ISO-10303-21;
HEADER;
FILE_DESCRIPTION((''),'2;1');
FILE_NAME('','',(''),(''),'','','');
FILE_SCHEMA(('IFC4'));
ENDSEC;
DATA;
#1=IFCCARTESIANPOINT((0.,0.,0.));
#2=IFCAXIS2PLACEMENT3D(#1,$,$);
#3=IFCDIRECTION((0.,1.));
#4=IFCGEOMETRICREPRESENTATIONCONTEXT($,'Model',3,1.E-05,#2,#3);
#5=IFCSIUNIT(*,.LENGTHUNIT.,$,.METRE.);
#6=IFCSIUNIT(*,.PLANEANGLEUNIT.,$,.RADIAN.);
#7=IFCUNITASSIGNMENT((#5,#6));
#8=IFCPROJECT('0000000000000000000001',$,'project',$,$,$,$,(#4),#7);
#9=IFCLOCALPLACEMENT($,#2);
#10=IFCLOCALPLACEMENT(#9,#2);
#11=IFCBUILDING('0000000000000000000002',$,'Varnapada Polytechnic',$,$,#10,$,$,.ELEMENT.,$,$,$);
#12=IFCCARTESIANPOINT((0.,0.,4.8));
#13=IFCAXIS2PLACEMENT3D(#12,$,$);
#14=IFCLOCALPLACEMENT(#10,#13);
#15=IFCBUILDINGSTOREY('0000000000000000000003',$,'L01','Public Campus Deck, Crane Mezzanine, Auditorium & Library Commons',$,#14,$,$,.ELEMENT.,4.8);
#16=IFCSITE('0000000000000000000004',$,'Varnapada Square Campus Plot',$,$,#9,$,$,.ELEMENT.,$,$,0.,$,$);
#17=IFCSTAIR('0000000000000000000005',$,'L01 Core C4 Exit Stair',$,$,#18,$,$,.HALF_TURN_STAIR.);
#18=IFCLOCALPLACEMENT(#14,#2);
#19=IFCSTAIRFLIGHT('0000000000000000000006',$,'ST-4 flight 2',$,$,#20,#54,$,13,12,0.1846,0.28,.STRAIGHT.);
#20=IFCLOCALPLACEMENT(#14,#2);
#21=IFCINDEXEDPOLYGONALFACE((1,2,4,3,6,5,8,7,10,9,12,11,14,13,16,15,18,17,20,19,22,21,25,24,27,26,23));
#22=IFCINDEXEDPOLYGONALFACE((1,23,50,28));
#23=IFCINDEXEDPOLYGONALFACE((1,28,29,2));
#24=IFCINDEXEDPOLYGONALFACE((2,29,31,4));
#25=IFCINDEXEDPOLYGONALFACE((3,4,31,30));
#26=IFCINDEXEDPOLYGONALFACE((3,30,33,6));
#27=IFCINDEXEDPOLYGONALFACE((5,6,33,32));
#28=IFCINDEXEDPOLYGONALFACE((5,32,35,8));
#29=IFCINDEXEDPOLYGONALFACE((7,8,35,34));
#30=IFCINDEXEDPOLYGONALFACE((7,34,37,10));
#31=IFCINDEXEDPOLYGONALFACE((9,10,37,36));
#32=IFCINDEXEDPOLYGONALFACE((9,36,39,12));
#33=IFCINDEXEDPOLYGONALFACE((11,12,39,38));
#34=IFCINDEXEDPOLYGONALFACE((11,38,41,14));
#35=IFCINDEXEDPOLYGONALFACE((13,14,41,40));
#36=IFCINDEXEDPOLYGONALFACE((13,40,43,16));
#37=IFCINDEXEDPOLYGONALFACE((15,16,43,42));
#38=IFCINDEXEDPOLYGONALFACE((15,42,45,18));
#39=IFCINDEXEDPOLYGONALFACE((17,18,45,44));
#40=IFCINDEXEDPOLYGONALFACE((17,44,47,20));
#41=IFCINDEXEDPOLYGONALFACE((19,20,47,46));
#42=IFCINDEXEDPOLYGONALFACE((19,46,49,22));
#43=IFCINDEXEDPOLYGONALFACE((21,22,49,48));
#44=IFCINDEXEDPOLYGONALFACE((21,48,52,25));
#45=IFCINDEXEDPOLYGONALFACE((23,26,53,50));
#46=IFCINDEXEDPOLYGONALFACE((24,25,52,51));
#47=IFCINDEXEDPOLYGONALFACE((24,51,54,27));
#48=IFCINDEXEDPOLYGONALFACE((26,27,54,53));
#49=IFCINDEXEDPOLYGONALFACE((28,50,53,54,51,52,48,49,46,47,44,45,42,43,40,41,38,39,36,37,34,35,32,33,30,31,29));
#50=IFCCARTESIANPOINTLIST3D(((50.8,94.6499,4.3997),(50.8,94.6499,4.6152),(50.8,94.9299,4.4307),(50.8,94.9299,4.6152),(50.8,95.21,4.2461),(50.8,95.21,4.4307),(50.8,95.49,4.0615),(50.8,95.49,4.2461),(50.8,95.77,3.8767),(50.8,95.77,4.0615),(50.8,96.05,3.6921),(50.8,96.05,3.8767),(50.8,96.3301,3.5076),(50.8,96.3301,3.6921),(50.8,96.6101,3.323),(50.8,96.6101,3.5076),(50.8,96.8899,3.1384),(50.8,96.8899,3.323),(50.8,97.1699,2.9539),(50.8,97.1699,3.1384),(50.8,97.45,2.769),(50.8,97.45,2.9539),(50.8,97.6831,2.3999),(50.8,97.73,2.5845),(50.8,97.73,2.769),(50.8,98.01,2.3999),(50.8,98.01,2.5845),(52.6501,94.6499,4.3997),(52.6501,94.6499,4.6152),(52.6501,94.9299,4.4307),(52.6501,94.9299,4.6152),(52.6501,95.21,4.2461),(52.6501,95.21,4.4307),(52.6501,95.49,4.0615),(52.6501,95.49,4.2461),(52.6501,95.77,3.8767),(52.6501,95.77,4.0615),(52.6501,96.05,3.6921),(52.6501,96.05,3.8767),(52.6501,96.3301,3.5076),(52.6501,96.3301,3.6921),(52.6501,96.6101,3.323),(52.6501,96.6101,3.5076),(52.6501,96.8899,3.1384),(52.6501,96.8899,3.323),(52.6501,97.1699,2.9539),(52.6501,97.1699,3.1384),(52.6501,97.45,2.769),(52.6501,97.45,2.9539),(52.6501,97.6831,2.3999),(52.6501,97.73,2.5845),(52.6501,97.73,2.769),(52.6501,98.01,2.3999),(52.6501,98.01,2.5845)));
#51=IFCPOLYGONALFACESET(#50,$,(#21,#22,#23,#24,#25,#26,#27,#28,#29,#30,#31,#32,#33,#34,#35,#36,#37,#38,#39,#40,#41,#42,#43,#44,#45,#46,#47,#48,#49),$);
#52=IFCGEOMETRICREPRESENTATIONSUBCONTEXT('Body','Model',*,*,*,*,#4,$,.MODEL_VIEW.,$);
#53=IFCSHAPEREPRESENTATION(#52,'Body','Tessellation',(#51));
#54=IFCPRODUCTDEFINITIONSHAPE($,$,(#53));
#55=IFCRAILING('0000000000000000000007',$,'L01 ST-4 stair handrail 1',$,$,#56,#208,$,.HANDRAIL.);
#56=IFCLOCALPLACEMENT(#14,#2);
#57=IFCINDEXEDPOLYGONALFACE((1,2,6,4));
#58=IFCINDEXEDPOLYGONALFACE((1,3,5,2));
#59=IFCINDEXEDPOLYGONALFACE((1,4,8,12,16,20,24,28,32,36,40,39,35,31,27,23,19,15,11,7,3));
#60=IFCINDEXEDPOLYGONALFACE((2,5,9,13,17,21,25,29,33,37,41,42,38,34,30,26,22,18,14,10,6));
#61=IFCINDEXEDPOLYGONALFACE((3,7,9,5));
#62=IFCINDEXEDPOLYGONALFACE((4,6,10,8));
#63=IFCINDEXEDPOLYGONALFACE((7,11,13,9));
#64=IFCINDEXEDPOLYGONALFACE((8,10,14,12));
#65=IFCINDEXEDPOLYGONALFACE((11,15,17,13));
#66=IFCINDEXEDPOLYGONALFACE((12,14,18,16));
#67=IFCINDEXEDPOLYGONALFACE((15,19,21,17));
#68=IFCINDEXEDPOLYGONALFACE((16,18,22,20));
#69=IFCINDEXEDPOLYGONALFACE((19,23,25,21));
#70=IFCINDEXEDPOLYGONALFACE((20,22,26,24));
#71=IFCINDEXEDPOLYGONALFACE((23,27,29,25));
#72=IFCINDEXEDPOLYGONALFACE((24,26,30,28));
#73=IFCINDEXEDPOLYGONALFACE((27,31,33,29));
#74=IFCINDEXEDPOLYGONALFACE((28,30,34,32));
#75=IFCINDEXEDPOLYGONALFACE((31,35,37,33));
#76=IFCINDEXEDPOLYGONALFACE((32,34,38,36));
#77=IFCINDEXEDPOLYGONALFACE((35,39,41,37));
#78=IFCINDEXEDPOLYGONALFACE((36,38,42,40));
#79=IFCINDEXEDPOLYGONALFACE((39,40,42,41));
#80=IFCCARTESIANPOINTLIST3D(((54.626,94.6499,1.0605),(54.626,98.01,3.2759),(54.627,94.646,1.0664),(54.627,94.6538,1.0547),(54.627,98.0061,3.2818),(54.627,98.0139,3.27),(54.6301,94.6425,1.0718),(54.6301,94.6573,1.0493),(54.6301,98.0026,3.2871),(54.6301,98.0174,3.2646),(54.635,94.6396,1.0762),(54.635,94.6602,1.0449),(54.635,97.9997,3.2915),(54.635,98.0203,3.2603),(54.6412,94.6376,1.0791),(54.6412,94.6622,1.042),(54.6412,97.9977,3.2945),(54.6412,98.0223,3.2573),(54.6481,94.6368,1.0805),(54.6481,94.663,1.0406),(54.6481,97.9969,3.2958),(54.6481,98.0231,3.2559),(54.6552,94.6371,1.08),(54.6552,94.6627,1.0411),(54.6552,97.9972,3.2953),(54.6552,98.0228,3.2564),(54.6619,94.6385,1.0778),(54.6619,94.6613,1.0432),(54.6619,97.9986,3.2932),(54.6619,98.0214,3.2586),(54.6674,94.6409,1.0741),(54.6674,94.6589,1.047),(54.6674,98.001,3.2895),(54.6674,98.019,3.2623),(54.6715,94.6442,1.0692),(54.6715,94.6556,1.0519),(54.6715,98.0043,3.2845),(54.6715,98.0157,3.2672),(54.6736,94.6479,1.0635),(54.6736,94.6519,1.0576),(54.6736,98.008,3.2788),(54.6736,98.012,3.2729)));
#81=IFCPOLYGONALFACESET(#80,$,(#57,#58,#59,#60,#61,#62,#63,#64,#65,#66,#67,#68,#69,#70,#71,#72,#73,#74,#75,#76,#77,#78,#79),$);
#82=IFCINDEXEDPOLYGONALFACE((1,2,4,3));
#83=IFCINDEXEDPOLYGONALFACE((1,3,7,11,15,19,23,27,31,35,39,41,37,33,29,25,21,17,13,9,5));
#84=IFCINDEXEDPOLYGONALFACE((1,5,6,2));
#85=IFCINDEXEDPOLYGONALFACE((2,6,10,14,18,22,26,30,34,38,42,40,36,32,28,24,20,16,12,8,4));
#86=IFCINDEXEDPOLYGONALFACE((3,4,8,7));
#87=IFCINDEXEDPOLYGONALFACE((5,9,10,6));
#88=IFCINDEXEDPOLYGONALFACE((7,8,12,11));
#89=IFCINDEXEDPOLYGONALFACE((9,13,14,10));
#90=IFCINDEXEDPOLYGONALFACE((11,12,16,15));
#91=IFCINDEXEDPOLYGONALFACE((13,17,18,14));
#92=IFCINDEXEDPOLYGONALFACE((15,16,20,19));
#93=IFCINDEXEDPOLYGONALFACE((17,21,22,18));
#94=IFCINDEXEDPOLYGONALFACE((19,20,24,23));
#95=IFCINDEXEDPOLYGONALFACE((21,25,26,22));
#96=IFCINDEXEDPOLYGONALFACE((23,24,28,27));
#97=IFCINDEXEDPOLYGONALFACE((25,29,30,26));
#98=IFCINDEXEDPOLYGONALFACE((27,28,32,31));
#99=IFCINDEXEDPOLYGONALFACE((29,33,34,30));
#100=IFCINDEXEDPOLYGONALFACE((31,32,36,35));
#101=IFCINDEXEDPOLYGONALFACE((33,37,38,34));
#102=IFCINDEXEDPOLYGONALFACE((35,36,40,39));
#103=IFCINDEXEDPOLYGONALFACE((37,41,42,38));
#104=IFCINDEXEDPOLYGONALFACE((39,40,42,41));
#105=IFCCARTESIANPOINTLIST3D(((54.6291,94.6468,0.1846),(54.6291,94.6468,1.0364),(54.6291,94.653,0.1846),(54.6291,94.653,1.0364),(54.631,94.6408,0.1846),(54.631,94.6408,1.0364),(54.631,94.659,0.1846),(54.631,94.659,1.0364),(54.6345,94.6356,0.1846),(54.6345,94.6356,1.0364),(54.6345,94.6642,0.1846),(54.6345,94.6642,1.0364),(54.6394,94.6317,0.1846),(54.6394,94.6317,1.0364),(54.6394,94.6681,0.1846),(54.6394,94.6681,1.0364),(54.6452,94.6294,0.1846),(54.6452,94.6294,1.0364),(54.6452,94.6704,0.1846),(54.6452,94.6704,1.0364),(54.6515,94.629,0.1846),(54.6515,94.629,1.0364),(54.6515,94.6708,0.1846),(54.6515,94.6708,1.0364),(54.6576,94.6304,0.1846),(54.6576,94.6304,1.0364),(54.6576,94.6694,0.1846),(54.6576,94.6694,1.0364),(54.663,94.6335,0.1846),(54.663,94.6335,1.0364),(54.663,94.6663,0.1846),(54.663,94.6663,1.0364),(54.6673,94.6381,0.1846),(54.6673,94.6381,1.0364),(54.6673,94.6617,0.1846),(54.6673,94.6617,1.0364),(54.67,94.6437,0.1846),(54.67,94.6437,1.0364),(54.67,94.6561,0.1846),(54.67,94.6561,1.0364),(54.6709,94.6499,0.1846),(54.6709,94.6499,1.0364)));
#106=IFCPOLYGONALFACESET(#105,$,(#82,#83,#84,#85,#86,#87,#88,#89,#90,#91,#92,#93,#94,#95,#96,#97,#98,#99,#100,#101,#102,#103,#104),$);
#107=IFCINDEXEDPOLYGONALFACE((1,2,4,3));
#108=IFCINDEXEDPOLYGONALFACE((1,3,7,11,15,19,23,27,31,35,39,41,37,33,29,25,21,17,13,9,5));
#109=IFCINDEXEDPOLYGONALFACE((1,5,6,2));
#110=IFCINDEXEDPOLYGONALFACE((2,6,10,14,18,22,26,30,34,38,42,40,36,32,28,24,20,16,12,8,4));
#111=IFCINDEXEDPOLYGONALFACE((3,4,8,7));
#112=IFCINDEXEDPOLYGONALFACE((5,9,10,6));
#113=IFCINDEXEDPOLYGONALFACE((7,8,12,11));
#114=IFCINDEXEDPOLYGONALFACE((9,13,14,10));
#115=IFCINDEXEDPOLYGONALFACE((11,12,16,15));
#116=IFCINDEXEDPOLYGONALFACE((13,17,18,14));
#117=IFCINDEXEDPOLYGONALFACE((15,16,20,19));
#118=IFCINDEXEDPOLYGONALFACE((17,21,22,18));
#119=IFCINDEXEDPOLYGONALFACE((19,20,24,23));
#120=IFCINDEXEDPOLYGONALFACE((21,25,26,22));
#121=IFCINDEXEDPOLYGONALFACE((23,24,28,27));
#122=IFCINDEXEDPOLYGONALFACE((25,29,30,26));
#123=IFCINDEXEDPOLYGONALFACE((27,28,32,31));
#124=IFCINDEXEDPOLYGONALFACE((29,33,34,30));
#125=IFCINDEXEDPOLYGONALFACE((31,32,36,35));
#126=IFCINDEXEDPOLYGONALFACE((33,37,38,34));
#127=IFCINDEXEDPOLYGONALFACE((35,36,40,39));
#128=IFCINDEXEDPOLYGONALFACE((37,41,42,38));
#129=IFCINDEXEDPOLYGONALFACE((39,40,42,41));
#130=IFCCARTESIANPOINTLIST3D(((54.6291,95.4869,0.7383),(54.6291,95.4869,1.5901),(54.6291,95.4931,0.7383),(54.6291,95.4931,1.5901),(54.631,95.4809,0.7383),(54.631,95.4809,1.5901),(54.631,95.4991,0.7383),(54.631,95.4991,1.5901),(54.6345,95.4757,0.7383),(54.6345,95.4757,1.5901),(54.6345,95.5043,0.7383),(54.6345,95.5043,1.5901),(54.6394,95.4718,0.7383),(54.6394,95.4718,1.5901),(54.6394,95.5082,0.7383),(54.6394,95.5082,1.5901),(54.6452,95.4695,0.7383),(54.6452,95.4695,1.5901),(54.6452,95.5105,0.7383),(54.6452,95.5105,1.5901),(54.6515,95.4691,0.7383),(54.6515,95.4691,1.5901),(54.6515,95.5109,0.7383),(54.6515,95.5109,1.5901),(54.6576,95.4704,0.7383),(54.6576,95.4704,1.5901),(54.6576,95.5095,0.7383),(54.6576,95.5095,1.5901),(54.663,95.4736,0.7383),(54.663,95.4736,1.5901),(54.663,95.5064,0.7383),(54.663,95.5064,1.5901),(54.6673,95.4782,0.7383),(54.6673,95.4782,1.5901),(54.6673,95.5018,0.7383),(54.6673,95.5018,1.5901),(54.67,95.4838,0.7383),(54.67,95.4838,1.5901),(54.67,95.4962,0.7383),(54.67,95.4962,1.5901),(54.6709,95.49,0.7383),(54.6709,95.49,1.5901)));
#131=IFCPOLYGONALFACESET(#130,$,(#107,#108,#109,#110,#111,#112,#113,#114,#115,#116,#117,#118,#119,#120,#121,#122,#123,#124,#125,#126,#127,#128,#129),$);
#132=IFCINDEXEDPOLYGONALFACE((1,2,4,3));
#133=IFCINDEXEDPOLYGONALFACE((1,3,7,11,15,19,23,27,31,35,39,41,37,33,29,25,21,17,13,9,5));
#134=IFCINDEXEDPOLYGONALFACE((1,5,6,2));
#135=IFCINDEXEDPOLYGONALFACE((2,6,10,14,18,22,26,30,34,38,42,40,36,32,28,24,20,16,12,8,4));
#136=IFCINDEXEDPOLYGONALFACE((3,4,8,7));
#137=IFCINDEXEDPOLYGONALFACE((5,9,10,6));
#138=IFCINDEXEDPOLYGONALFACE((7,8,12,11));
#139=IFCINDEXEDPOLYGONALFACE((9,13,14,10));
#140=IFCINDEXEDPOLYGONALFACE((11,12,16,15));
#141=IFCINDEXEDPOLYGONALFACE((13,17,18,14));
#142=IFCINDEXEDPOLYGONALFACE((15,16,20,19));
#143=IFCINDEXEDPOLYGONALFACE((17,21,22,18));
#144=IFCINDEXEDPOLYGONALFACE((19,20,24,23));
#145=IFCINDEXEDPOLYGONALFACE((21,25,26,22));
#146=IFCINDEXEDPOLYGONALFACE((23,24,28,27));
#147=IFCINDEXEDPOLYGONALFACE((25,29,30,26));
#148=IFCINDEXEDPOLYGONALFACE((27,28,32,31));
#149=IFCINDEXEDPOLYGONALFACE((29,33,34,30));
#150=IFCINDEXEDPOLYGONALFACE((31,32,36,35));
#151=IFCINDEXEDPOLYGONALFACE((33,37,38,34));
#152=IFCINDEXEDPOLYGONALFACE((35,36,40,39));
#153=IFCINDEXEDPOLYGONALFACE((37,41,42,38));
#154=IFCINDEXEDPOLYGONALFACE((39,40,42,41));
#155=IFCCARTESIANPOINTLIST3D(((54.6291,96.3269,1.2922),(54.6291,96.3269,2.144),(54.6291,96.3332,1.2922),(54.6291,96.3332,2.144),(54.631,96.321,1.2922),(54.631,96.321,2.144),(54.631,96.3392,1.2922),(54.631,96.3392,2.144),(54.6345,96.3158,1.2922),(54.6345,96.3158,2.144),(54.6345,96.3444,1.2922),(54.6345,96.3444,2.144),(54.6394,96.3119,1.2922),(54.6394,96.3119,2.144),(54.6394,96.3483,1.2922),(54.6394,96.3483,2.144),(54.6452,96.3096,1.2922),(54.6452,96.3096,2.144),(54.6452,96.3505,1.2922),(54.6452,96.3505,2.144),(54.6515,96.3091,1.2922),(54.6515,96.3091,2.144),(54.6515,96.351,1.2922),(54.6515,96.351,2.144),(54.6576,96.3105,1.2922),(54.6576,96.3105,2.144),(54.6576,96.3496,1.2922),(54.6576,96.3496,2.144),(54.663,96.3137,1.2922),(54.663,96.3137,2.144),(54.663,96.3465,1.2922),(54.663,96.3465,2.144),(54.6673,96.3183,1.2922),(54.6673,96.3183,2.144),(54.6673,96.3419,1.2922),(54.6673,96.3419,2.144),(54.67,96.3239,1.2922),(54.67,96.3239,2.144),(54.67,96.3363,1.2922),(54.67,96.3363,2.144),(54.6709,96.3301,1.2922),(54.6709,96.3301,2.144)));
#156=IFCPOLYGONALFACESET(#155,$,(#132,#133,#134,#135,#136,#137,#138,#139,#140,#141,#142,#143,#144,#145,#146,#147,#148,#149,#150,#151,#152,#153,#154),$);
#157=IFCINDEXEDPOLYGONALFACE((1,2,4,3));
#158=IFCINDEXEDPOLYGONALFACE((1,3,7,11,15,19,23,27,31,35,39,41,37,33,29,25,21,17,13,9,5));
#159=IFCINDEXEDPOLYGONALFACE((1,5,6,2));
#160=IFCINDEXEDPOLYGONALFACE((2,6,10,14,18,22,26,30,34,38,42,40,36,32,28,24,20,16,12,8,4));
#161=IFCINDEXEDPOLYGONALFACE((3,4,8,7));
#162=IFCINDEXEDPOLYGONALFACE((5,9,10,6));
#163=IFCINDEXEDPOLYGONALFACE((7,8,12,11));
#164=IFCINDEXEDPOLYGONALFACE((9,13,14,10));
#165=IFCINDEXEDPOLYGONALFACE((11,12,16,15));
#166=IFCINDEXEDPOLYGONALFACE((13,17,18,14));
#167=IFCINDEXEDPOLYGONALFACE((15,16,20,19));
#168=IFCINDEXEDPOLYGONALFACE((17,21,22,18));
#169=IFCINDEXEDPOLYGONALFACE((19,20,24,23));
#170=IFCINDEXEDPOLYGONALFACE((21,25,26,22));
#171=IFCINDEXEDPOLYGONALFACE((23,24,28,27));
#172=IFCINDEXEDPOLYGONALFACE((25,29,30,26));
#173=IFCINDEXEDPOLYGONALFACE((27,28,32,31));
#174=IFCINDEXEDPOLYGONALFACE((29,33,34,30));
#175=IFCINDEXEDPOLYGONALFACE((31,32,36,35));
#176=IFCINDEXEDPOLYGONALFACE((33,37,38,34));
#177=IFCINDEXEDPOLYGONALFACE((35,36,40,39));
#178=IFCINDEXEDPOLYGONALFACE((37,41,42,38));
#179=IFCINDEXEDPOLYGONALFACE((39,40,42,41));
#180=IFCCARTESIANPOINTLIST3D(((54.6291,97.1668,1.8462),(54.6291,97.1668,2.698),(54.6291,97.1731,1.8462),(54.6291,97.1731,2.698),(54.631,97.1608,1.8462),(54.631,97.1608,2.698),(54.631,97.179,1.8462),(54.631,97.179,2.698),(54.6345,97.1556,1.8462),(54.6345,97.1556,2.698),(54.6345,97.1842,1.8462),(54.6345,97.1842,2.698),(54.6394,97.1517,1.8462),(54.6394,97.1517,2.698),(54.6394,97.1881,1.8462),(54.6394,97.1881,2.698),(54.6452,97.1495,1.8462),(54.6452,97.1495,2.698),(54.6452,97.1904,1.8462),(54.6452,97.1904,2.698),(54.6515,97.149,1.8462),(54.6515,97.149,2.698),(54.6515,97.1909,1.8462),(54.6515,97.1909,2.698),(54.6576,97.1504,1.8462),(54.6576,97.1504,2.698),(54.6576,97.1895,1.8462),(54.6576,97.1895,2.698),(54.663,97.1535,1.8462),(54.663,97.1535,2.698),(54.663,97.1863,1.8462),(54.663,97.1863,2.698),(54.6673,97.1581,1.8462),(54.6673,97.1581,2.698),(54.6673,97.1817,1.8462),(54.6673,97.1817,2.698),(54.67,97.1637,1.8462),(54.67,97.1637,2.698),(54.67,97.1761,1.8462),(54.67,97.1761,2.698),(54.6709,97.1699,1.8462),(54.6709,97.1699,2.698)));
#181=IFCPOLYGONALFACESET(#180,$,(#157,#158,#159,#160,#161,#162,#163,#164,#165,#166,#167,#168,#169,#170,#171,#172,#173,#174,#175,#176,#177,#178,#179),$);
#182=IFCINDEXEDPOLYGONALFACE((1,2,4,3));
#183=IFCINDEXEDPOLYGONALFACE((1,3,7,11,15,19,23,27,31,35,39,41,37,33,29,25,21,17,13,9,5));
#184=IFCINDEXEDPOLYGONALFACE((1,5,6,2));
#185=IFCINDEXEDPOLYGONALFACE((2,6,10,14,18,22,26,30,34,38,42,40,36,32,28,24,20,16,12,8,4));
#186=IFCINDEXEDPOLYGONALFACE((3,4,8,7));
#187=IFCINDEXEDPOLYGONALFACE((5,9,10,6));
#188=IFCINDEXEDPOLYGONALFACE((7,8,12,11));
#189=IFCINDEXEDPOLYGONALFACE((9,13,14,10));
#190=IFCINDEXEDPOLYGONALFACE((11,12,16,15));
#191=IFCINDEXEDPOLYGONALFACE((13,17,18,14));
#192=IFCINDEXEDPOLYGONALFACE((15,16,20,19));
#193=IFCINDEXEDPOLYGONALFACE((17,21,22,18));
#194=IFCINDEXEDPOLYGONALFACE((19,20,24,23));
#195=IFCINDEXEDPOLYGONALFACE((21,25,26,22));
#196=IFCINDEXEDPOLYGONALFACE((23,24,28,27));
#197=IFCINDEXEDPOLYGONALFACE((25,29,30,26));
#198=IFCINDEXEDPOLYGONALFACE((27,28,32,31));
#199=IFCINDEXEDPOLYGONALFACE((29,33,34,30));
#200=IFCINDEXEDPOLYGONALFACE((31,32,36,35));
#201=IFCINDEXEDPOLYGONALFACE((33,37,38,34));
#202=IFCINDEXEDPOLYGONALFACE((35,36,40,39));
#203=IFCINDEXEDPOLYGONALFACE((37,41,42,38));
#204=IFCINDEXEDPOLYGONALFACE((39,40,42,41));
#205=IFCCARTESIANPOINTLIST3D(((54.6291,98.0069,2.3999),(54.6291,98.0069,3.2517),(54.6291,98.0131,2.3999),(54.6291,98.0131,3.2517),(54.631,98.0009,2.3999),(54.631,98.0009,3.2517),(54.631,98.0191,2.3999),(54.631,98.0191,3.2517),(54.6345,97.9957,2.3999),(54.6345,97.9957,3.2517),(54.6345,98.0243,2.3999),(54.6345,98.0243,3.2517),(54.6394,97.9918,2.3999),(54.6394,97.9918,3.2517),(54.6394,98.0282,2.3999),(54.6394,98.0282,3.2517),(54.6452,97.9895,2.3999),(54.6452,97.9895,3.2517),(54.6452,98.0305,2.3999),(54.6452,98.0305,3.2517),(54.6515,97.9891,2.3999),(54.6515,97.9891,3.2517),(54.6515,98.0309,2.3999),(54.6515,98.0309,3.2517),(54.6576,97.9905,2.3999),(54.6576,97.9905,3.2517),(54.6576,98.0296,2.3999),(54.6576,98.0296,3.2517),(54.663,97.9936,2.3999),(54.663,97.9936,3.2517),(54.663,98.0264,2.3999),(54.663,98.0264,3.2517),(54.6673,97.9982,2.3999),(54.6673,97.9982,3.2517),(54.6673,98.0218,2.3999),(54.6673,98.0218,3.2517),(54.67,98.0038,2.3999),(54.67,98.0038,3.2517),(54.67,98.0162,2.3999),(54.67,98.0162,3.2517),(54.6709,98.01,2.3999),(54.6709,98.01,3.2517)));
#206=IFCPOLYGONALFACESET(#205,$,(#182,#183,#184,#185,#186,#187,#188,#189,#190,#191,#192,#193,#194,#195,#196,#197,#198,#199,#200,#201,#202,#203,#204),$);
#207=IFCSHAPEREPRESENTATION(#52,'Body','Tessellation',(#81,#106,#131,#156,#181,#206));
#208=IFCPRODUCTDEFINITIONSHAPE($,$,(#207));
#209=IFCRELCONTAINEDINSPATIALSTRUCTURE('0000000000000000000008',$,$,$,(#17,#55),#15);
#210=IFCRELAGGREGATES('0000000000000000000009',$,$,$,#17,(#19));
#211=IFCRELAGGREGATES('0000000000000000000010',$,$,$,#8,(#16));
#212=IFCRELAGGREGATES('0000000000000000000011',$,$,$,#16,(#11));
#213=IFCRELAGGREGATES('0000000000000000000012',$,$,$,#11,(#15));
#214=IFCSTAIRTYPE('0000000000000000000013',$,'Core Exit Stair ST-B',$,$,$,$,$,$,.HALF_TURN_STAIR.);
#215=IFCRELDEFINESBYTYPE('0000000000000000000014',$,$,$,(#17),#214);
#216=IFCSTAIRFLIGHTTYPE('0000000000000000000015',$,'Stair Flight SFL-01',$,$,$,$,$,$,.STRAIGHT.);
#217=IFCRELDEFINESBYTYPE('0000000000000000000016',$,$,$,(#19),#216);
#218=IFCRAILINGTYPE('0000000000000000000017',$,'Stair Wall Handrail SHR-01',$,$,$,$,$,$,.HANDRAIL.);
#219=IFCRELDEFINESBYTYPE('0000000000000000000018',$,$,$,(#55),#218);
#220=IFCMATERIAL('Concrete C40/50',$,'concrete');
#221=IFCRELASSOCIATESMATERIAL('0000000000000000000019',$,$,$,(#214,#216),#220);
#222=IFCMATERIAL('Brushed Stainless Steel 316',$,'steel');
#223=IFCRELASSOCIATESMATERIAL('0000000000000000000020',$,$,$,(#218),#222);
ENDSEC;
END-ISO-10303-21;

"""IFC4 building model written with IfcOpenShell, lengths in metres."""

from ifc_helpers import new_model, si_unit, direction, frame, origin, origin_2d, place, context, subcontext, project, spatial, polyline, circle, outline, extrude, material, type_object, element, aggregate, save


model = new_model("IFC4")

# Units and contexts
model_context = context("Model", 3, precision=1e-05, world=origin(), true_north=direction((0.0, 1.0)))
body_context = subcontext(model_context, "Body", "Model", "MODEL_VIEW")
ifc_project = project(units=[si_unit("LENGTHUNIT", "METRE"), si_unit("PLANEANGLEUNIT", "RADIAN")], contexts=[model_context])

# Site, building, storey
site_placement = place(None, origin())
site = spatial("IfcSite", under=ifc_project, at=site_placement, Name="Varnapada Square Campus Plot", CompositionType="ELEMENT", RefElevation=0.0)
building_placement = place(site_placement, origin())
building = spatial("IfcBuilding", under=site, at=building_placement, Name="Varnapada Polytechnic", CompositionType="ELEMENT")
storey_placement = place(building_placement, frame((0.0, 0.0, 4.8)))
storey = spatial("IfcBuildingStorey", under=building, at=storey_placement, Name="L01", Description="Public Campus Deck, Crane Mezzanine, Auditorium & Library Commons", CompositionType="ELEMENT", Elevation=4.8)

# Shared definitions
ifc_material_1 = material(Name="Concrete C40/50", Category="concrete")

# Shared definitions
ifc_material_2 = material(Name="Brushed Stainless Steel 316", Category="steel")

# Stair, stair flight
stair_type = type_object("IfcStairType", Name="Core Exit Stair ST-B", PredefinedType="HALF_TURN_STAIR", material=ifc_material_1)
stair_placement = place(storey_placement, origin())
stair = element("IfcStair", 1, at=stair_placement, inside=storey, type_object=stair_type, Name="L01 Core C4 Exit Stair", PredefinedType="HALF_TURN_STAIR")
stair_flight_type = type_object("IfcStairFlightType", Name="Stair Flight SFL-01", PredefinedType="STRAIGHT", material=ifc_material_1)
stair_flight_1_placement = place(storey_placement, frame((51.7251, 98.01, 2.3999), z_axis=(0.0, 0.0, 1.0), x_axis=(0.0, -1.0, 0.0)))
stair_flight_1 = element("IfcStairFlight", 2, at=stair_flight_1_placement, type_object=stair_flight_type, Name="ST-4 flight 2", NumberOfRisers=13, NumberOfTreads=12, PredefinedType="STRAIGHT", RiserHeight=0.1846, TreadLength=0.28, context=body_context, shape_type="SweptSolid", body=[
    extrude(outline(polyline([(0.0, 0.0), (0.0, 0.1846), (0.28, 0.1846), (0.28, 0.3691), (0.5601, 0.3691), (0.5601, 0.554), (0.8401, 0.554), (0.8401, 0.7385), (1.1201, 0.7385), (1.1201, 0.9231), (1.3999, 0.9231), (1.3999, 1.1077), (1.6799, 1.1077), (1.6799, 1.2922), (1.96, 1.2922), (1.96, 1.4768), (2.24, 1.4768), (2.24, 1.6616), (2.52, 1.6616), (2.52, 1.8462), (2.8, 1.8462), (2.8, 2.0308), (3.0801, 2.0308), (3.0801, 2.2153), (3.3601, 2.2153), (3.3601, 2.3999), (3.3601, 1.9998), (0.3269, 0.0), (0.0, 0.0)])), frame((0.0, 0.925, 0.0), z_axis=(0.0, -1.0, 0.0), x_axis=(1.0, 0.0, 0.0)), (0.0, 0.0, 1.0), 1.8501),
])
aggregate(stair, [stair_flight_1])

# Railing
railing_type_1 = type_object("IfcRailingType", Name="Stair Wall Handrail SHR-01", PredefinedType="HANDRAIL", material=ifc_material_2)
railing_1_placement = place(storey_placement, frame((54.6499, 94.6499, 0.1846)))
element("IfcRailing", 3, at=railing_1_placement, inside=storey, type_object=railing_type_1, Name="L01 ST-4 stair handrail 1", PredefinedType="HANDRAIL", context=body_context, shape_type="SweptSolid", body=[
    extrude(circle(Radius=0.0239, at=origin_2d()), frame((0.0, 0.0, 0.876), z_axis=(0.0, 0.834876, 0.550437), x_axis=(-1.0, 0.0, 0.0)), (0.0, 0.0, 1.0), 4.0247),
    extrude(circle(Radius=0.021, at=origin_2d()), origin(), (0.0, 0.0, 1.0), 0.8518),
    extrude(circle(Radius=0.021, at=origin_2d()), frame((0.0, 0.8401, 0.5537)), (0.0, 0.0, 1.0), 0.8518),
    extrude(circle(Radius=0.021, at=origin_2d()), frame((0.0, 1.6802, 1.1077)), (0.0, 0.0, 1.0), 0.8518),
    extrude(circle(Radius=0.021, at=origin_2d()), frame((0.0, 2.52, 1.6616)), (0.0, 0.0, 1.0), 0.8518),
    extrude(circle(Radius=0.021, at=origin_2d()), frame((0.0, 3.3601, 2.2153)), (0.0, 0.0, 1.0), 0.8518),
])

save(model, "model.ifc")
